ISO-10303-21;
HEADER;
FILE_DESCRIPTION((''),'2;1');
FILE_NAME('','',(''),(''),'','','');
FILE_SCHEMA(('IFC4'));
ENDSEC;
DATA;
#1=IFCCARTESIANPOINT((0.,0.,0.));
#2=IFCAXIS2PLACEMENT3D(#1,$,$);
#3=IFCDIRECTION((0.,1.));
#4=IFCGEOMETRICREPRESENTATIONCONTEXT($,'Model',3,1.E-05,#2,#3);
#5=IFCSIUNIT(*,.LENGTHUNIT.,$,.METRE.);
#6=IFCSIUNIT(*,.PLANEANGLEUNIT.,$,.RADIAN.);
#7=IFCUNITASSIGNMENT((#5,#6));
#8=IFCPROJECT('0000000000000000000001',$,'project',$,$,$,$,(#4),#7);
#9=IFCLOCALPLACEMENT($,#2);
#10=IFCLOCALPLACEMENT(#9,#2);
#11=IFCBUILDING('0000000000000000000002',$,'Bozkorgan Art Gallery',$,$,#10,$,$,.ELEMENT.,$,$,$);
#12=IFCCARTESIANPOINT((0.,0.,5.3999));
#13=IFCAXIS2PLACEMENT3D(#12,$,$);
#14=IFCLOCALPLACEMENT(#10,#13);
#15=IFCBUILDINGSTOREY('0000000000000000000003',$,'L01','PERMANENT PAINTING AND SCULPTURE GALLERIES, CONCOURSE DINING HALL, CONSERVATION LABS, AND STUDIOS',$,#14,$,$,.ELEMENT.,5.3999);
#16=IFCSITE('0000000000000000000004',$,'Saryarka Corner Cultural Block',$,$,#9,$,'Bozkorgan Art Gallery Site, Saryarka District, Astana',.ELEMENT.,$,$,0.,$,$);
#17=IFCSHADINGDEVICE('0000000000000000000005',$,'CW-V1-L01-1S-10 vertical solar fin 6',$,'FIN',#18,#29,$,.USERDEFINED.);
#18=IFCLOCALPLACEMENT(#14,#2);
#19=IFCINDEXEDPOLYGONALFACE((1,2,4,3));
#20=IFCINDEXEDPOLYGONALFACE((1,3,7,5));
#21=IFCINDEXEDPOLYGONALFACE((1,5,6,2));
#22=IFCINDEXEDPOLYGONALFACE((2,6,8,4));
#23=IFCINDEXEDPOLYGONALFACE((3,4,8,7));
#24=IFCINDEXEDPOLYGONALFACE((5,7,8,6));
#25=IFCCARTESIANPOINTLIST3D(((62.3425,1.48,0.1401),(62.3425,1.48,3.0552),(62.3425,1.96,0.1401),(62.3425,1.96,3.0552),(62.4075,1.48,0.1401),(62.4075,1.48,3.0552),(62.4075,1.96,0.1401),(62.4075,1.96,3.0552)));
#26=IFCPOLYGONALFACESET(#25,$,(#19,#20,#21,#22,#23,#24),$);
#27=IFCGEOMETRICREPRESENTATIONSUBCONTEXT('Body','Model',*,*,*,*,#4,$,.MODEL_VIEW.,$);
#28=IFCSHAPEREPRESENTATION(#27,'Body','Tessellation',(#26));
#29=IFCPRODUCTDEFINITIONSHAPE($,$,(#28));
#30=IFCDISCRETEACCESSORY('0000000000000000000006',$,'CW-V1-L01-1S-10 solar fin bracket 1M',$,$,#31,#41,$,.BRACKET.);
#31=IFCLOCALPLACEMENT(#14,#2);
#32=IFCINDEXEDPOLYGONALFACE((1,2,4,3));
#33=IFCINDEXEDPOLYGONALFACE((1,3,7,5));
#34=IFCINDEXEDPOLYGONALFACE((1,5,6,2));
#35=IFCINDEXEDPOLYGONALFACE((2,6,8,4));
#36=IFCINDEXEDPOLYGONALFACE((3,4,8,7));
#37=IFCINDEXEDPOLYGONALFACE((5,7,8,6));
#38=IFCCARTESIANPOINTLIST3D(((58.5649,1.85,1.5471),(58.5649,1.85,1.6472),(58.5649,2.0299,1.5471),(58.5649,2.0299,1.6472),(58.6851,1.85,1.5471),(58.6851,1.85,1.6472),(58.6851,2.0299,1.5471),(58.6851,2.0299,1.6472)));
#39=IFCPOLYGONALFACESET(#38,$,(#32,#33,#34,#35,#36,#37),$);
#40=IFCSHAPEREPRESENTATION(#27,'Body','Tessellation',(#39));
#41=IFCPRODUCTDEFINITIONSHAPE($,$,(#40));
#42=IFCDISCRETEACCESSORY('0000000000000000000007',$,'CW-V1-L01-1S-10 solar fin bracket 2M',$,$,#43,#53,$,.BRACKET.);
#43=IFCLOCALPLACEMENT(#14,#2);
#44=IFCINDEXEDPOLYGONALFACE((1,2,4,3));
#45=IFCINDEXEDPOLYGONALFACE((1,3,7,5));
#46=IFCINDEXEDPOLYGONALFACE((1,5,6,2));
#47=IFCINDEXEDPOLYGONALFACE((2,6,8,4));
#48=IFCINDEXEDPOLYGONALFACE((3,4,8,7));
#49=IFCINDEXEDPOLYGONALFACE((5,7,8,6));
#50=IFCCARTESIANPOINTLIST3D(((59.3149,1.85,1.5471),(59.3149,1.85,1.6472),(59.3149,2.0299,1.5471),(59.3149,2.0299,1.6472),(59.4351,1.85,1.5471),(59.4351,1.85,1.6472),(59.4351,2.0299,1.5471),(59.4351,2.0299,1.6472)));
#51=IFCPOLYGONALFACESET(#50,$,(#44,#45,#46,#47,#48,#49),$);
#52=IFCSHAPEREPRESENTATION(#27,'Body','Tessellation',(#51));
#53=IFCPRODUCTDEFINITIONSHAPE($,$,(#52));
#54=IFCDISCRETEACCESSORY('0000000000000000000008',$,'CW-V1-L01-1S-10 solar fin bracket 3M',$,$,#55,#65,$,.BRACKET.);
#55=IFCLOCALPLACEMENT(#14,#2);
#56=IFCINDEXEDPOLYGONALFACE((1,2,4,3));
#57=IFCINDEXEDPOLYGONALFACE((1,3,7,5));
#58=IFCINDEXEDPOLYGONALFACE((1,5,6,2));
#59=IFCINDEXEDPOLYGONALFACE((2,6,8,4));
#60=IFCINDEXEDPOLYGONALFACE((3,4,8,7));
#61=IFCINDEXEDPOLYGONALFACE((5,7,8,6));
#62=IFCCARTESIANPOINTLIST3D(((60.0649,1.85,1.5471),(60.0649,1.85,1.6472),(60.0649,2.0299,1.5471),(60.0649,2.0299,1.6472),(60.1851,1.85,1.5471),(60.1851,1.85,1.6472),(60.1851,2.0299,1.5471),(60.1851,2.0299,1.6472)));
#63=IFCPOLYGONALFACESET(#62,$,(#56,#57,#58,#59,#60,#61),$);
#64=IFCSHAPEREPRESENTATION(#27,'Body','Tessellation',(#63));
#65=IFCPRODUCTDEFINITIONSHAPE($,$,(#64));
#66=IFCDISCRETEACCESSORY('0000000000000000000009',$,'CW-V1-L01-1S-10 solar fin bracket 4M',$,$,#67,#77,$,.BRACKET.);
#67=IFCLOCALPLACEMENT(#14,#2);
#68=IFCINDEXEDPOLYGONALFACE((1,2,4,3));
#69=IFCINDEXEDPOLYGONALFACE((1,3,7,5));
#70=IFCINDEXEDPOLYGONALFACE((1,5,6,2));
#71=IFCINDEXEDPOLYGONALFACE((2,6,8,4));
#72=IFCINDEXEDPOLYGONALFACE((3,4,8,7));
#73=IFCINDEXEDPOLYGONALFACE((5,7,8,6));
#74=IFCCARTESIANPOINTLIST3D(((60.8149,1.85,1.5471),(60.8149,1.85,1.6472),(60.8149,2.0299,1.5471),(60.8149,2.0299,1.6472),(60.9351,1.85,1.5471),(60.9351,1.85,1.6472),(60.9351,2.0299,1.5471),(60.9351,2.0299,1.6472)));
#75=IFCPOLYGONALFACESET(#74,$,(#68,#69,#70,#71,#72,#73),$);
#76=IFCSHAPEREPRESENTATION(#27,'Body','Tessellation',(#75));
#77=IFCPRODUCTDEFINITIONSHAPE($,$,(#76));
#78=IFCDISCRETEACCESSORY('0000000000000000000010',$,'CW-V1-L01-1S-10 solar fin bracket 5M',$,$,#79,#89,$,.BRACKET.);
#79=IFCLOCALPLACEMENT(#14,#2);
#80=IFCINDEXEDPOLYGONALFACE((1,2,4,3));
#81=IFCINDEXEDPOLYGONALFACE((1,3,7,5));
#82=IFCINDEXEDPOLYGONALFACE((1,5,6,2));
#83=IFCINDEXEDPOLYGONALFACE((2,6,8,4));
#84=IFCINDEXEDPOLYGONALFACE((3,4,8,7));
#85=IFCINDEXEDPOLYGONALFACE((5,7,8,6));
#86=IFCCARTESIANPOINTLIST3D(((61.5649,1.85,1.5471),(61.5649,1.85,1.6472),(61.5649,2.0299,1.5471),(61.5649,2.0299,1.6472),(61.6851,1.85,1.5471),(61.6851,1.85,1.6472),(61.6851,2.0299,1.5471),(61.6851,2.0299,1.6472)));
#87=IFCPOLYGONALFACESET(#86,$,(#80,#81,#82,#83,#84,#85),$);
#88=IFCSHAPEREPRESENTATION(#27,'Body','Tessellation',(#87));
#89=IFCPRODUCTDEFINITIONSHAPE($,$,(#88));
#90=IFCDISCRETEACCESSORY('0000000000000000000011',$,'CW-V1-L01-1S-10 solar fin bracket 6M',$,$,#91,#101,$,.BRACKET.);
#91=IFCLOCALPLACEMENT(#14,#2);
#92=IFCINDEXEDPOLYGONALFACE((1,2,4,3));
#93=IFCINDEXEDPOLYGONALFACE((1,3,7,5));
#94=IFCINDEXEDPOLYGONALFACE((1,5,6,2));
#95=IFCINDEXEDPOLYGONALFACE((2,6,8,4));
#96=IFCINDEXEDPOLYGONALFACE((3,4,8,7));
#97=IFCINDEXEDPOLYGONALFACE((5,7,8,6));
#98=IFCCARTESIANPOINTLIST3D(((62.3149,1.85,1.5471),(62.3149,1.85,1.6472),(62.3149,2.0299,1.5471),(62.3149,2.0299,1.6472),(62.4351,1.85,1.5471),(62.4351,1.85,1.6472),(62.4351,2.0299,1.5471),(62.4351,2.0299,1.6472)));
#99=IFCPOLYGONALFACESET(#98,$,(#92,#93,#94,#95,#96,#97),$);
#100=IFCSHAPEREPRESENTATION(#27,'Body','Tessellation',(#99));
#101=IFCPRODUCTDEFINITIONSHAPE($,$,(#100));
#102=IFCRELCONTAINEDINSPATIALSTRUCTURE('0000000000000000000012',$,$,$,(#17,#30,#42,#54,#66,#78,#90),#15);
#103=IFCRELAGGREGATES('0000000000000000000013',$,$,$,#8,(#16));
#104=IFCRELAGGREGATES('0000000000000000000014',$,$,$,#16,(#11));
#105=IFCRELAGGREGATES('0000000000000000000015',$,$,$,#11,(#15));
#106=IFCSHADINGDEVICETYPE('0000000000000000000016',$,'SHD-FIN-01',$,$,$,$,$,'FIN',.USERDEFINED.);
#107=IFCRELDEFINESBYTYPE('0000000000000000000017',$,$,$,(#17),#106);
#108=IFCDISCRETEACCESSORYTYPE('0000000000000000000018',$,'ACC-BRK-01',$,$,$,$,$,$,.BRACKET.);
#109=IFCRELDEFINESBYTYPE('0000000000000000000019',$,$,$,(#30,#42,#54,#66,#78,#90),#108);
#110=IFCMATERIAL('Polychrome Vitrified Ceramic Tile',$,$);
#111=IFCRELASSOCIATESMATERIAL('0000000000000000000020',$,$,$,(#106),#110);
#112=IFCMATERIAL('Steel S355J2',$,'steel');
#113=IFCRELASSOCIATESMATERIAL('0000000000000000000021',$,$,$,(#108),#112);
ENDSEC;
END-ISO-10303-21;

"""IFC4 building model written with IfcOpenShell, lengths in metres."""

from ifc_helpers import new_model, si_unit, direction, frame, origin, origin_2d, place, context, subcontext, project, spatial, rectangle, extrude, material, type_object, element, save


model = new_model("IFC4")

# Units and contexts
model_context = context("Model", 3, precision=1e-05, world=origin(), true_north=direction((0.0, 1.0)))
body_context = subcontext(model_context, "Body", "Model", "MODEL_VIEW")
ifc_project = project(units=[si_unit("LENGTHUNIT", "METRE"), si_unit("PLANEANGLEUNIT", "RADIAN")], contexts=[model_context])

# Site, building, storey
site_placement = place(None, origin())
site = spatial("IfcSite", under=ifc_project, at=site_placement, Name="Saryarka Corner Cultural Block", LongName="Bozkorgan Art Gallery Site, Saryarka District, Astana", CompositionType="ELEMENT", RefElevation=0.0)
building_placement = place(site_placement, origin())
building = spatial("IfcBuilding", under=site, at=building_placement, Name="Bozkorgan Art Gallery", CompositionType="ELEMENT")
storey_placement = place(building_placement, frame((0.0, 0.0, 5.3999)))
storey = spatial("IfcBuildingStorey", under=building, at=storey_placement, Name="L01", Description="PERMANENT PAINTING AND SCULPTURE GALLERIES, CONCOURSE DINING HALL, CONSERVATION LABS, AND STUDIOS", CompositionType="ELEMENT", Elevation=5.3999)

# Shared definitions
ifc_material_1 = material(Name="Steel S355J2", Category="steel")

# Shading device
ifc_material_2 = material(Name="Polychrome Vitrified Ceramic Tile")
shading_device_type = type_object("IfcShadingDeviceType", Name="SHD-FIN-01", ElementType="FIN", PredefinedType="USERDEFINED", material=ifc_material_2)
for number, where, z_axis, x_axis, name in (
    (1, (62.375, 1.72, 0.1401), (0.0, 0.0, 1.0), (0.0, -1.0, 0.0), "CW-V1-L01-1S-10 vertical solar fin 6"),
):
    element("IfcShadingDevice", number, at=place(storey_placement, frame(where, z_axis=z_axis, x_axis=x_axis)), inside=storey, type_object=shading_device_type, Name=name, ObjectType="FIN", PredefinedType="USERDEFINED", context=body_context, shape_type="SweptSolid", body=[
        extrude(rectangle(XDim=0.48, YDim=0.0649, at=origin_2d()), origin(), (0.0, 0.0, 1.0), 2.915),
    ])

# Discrete accessories
discrete_accessory_type = type_object("IfcDiscreteAccessoryType", Name="ACC-BRK-01", PredefinedType="BRACKET", material=ifc_material_1)
for number, where, z_axis, x_axis, name in (
    (2, (58.625, 1.9399, 1.5471), (0.0, 0.0, 1.0), (0.0, -1.0, 0.0), "CW-V1-L01-1S-10 solar fin bracket 1M"),
    (3, (59.375, 1.9399, 1.5471), (0.0, 0.0, 1.0), (0.0, -1.0, 0.0), "CW-V1-L01-1S-10 solar fin bracket 2M"),
    (4, (60.125, 1.9399, 1.5471), (0.0, 0.0, 1.0), (0.0, -1.0, 0.0), "CW-V1-L01-1S-10 solar fin bracket 3M"),
    (5, (60.875, 1.9399, 1.5471), (0.0, 0.0, 1.0), (0.0, -1.0, 0.0), "CW-V1-L01-1S-10 solar fin bracket 4M"),
    (6, (61.625, 1.9399, 1.5471), (0.0, 0.0, 1.0), (0.0, -1.0, 0.0), "CW-V1-L01-1S-10 solar fin bracket 5M"),
    (7, (62.375, 1.9399, 1.5471), (0.0, 0.0, 1.0), (0.0, -1.0, 0.0), "CW-V1-L01-1S-10 solar fin bracket 6M"),
):
    element("IfcDiscreteAccessory", number, at=place(storey_placement, frame(where, z_axis=z_axis, x_axis=x_axis)), inside=storey, type_object=discrete_accessory_type, Name=name, PredefinedType="BRACKET", context=body_context, shape_type="SweptSolid", body=[
        extrude(rectangle(XDim=0.1799, YDim=0.1201, at=origin_2d()), origin(), (0.0, 0.0, 1.0), 0.1001),
    ])

save(model, "model.ifc")
